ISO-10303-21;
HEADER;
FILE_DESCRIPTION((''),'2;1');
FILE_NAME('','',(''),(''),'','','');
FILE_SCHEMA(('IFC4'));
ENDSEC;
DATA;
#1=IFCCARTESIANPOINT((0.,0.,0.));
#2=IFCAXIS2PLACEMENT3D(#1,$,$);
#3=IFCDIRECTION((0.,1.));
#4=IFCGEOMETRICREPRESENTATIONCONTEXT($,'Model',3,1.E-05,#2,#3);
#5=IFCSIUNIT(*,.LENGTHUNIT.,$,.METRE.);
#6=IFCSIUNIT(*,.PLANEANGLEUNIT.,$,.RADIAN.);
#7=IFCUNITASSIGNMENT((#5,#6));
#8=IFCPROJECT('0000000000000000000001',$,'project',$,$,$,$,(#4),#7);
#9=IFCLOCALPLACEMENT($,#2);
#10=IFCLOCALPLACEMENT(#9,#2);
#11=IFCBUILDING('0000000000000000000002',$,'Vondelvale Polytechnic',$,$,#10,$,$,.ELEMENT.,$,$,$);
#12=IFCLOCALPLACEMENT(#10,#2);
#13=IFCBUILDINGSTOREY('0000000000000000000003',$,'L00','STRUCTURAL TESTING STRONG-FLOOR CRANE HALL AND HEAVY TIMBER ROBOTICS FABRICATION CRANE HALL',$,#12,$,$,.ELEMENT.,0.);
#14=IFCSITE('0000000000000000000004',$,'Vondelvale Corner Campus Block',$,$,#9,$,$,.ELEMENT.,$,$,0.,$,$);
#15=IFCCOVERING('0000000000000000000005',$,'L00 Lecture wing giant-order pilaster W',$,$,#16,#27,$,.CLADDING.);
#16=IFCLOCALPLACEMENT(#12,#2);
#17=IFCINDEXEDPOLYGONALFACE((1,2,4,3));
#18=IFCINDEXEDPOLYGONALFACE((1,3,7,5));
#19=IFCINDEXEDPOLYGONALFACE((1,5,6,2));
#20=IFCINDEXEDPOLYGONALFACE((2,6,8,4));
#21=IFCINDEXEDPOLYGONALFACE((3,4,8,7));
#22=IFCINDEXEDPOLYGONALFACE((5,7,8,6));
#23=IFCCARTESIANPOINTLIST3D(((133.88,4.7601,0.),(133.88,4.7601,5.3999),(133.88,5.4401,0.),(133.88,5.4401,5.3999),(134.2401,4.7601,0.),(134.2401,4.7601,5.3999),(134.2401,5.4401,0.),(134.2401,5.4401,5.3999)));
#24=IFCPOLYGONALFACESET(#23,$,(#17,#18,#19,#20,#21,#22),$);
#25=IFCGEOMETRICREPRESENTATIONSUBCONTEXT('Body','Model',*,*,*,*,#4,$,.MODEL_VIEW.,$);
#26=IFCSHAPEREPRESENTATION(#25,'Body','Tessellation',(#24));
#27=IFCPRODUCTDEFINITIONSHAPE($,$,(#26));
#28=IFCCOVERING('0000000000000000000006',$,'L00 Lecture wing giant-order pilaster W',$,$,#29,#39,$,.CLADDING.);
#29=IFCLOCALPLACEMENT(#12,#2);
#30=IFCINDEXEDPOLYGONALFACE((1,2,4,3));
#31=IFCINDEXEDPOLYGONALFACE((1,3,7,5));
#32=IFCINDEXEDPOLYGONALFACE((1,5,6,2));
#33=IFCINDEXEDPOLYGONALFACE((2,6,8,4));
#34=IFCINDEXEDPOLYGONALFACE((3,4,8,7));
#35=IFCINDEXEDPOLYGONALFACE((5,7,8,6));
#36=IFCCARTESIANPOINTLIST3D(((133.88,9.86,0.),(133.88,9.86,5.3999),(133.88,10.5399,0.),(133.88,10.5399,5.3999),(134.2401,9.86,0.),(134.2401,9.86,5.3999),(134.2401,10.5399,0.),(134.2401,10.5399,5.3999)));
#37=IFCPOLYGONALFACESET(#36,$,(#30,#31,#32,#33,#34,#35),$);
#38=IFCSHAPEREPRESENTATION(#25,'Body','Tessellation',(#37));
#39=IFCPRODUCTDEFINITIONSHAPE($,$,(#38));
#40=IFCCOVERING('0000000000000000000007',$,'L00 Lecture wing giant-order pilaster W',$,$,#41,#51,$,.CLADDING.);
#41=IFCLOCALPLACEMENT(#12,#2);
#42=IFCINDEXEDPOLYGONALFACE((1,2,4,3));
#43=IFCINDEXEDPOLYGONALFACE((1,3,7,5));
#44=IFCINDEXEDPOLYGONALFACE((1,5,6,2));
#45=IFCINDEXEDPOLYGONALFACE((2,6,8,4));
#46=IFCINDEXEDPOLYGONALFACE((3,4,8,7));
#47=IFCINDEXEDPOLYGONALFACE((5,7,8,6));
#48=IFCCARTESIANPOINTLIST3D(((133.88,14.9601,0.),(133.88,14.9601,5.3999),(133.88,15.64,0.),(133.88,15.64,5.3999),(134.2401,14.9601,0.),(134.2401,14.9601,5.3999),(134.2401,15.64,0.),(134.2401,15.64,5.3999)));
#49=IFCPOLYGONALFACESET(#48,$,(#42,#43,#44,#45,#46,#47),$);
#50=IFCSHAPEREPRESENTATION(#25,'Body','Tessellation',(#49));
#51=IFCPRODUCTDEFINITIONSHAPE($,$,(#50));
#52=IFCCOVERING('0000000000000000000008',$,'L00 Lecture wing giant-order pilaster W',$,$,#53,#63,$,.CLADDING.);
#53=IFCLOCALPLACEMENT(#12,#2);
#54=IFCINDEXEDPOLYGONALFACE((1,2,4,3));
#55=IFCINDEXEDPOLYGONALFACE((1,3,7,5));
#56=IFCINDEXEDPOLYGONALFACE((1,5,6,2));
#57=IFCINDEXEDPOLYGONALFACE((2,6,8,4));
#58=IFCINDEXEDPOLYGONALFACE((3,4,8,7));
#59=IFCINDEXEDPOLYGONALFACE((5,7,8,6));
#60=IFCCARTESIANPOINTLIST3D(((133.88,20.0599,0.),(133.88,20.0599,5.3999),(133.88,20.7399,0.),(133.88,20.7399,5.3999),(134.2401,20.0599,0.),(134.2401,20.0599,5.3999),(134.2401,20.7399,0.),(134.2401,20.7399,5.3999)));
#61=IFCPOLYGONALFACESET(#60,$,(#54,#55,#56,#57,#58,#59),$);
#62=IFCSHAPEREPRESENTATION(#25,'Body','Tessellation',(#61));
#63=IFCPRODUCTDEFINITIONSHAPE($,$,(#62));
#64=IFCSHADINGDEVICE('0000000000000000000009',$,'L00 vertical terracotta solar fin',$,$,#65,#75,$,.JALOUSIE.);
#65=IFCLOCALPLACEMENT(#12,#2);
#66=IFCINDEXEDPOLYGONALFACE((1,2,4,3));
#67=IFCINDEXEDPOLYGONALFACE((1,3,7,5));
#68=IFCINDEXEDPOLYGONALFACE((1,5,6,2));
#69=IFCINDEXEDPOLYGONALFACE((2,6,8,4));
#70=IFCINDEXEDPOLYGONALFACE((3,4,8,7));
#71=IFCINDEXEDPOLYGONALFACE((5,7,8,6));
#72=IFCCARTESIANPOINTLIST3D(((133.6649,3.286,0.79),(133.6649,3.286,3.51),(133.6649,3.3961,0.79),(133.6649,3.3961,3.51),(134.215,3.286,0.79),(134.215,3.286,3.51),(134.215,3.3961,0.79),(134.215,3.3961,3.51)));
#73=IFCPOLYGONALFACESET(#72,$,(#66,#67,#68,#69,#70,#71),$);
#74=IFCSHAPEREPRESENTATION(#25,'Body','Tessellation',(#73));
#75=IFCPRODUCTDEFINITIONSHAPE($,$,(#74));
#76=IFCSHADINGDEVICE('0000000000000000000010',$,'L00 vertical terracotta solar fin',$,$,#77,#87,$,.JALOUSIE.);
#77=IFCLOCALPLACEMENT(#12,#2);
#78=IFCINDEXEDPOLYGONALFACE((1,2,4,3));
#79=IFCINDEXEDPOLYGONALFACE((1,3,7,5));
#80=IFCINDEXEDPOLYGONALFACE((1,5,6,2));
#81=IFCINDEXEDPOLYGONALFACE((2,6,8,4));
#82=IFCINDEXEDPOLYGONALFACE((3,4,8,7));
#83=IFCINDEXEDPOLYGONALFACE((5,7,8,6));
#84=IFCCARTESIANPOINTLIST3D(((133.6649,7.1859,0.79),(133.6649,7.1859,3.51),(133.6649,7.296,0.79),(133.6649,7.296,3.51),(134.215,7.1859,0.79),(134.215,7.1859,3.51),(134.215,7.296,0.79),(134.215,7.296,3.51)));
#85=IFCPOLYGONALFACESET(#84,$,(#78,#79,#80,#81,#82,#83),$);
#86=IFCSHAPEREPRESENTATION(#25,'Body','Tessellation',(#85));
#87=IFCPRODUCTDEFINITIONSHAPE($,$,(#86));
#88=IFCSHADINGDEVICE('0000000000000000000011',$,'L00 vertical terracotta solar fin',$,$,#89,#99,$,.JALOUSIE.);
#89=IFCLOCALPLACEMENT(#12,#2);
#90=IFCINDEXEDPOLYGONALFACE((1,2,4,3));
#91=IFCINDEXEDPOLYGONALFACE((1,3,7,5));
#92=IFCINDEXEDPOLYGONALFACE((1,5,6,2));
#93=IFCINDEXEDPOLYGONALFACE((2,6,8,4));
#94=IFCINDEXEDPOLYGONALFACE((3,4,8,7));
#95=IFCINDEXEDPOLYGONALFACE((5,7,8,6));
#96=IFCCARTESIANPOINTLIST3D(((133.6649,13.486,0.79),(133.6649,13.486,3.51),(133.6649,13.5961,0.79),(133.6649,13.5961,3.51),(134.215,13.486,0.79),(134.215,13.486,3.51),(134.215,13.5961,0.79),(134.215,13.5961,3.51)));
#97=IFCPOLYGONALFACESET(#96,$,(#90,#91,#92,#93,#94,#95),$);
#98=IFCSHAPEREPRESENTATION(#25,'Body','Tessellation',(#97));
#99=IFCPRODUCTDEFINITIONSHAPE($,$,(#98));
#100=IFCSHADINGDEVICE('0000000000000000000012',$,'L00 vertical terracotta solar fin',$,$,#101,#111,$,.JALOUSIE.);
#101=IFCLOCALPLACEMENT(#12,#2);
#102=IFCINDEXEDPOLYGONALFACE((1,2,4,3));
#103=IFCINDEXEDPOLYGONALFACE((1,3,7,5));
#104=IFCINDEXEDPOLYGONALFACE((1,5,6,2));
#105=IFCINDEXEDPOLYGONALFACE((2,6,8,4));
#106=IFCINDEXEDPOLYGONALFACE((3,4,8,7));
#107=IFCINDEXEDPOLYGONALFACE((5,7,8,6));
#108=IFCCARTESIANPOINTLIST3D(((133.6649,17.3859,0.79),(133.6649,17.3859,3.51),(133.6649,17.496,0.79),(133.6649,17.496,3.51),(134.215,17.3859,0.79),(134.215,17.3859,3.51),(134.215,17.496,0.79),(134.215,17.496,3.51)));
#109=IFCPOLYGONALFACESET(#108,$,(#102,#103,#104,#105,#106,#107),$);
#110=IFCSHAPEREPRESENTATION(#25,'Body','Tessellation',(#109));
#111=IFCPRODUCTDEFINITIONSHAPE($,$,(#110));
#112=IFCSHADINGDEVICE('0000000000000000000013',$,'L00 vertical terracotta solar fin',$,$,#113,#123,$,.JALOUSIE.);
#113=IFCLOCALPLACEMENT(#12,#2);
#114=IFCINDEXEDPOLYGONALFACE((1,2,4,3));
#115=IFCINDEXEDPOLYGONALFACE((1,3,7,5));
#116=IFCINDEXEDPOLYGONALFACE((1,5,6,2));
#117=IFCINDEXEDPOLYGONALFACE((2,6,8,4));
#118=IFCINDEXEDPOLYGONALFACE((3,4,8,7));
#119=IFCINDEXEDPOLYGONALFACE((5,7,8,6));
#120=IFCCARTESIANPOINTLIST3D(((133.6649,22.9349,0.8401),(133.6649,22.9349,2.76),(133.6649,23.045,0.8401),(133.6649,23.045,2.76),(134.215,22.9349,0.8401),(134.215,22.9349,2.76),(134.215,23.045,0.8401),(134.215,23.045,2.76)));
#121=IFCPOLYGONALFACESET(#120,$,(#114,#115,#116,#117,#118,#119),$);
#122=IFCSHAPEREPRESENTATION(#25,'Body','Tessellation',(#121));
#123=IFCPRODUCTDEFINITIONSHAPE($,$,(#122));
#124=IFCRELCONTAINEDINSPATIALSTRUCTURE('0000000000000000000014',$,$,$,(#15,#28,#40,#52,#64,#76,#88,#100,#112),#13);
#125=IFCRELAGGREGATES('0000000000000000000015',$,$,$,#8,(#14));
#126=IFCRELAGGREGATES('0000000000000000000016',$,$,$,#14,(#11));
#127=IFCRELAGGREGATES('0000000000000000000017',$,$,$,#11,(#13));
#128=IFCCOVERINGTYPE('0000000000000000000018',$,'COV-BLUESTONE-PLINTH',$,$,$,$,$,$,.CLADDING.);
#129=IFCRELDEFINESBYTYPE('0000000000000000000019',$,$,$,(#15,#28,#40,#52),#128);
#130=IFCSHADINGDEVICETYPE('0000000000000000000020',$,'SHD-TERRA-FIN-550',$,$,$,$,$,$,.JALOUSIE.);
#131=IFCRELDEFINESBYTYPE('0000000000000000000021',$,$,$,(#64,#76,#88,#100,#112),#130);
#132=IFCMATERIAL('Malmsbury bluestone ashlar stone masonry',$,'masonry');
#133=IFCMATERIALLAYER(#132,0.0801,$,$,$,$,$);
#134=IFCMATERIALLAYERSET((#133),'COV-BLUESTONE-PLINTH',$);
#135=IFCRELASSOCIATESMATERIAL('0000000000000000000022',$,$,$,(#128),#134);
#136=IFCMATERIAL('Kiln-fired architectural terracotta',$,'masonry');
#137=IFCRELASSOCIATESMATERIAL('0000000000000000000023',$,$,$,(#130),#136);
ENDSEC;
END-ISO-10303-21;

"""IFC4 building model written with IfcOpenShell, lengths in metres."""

from ifc_helpers import new_model, si_unit, direction, frame, origin, origin_2d, place, context, subcontext, project, spatial, rectangle, extrude, material, layer, layer_set, type_object, element, save


model = new_model("IFC4")

# Units and contexts
model_context = context("Model", 3, precision=1e-05, world=origin(), true_north=direction((0.0, 1.0)))
body_context = subcontext(model_context, "Body", "Model", "MODEL_VIEW")
ifc_project = project(units=[si_unit("LENGTHUNIT", "METRE"), si_unit("PLANEANGLEUNIT", "RADIAN")], contexts=[model_context])

# Site, building, storey
site_placement = place(None, origin())
site = spatial("IfcSite", under=ifc_project, at=site_placement, Name="Vondelvale Corner Campus Block", CompositionType="ELEMENT", RefElevation=0.0)
building_placement = place(site_placement, origin())
building = spatial("IfcBuilding", under=site, at=building_placement, Name="Vondelvale Polytechnic", CompositionType="ELEMENT")
storey_placement = place(building_placement, origin())
storey = spatial("IfcBuildingStorey", under=building, at=storey_placement, Name="L00", Description="STRUCTURAL TESTING STRONG-FLOOR CRANE HALL AND HEAVY TIMBER ROBOTICS FABRICATION CRANE HALL", CompositionType="ELEMENT", Elevation=0.0)

# Shared definitions
ifc_material_1 = material(Name="Malmsbury bluestone ashlar stone masonry", Category="masonry")

# Coverings
ifc_layer_1 = layer(ifc_material_1, 0.0801)
ifc_layer_set_1 = layer_set([ifc_layer_1], Name="COV-BLUESTONE-PLINTH")
covering_type = type_object("IfcCoveringType", Name="COV-BLUESTONE-PLINTH", PredefinedType="CLADDING", material=ifc_layer_set_1)
for number, where, z_axis, x_axis, name in (
    (1, (134.0601, 5.1001, 0.0), (0.0, 0.0, 1.0), (1.0, 0.0, 0.0), "L00 Lecture wing giant-order pilaster W"),
    (2, (134.0601, 10.2, 0.0), (0.0, 0.0, 1.0), (1.0, 0.0, 0.0), "L00 Lecture wing giant-order pilaster W"),
    (3, (134.0601, 15.3, 0.0), (0.0, 0.0, 1.0), (1.0, 0.0, 0.0), "L00 Lecture wing giant-order pilaster W"),
    (4, (134.0601, 20.3999, 0.0), (0.0, 0.0, 1.0), (1.0, 0.0, 0.0), "L00 Lecture wing giant-order pilaster W"),
):
    element("IfcCovering", number, at=place(storey_placement, frame(where, z_axis=z_axis, x_axis=x_axis)), inside=storey, type_object=covering_type, Name=name, PredefinedType="CLADDING", context=body_context, shape_type="SweptSolid", body=[
        extrude(rectangle(XDim=0.3601, YDim=0.6799, at=origin_2d()), origin(), (0.0, 0.0, 1.0), 5.3999),
    ])

# Shading devices
ifc_material_2 = material(Name="Kiln-fired architectural terracotta", Category="masonry")
shading_device_type = type_object("IfcShadingDeviceType", Name="SHD-TERRA-FIN-550", PredefinedType="JALOUSIE", material=ifc_material_2)
for number, where, z_axis, x_axis, name in (
    (5, (133.9399, 3.3411, 0.79), (0.0, 0.0, 1.0), (0.0, 1.0, 0.0), "L00 vertical terracotta solar fin"),
    (6, (133.9399, 7.241, 0.79), (0.0, 0.0, 1.0), (0.0, 1.0, 0.0), "L00 vertical terracotta solar fin"),
    (7, (133.9399, 13.541, 0.79), (0.0, 0.0, 1.0), (0.0, 1.0, 0.0), "L00 vertical terracotta solar fin"),
    (8, (133.9399, 17.4409, 0.79), (0.0, 0.0, 1.0), (0.0, 1.0, 0.0), "L00 vertical terracotta solar fin"),
):
    element("IfcShadingDevice", number, at=place(storey_placement, frame(where, z_axis=z_axis, x_axis=x_axis)), inside=storey, type_object=shading_device_type, Name=name, PredefinedType="JALOUSIE", context=body_context, shape_type="SweptSolid", body=[
        extrude(rectangle(XDim=0.1101, YDim=0.55, at=origin_2d()), origin(), (0.0, 0.0, 1.0), 2.72),
    ])
shading_device_placement = place(storey_placement, frame((133.9399, 22.99, 0.8401), z_axis=(0.0, 0.0, 1.0), x_axis=(0.0, 1.0, 0.0)))
element("IfcShadingDevice", 9, at=shading_device_placement, inside=storey, type_object=shading_device_type, Name="L00 vertical terracotta solar fin", PredefinedType="JALOUSIE", context=body_context, shape_type="SweptSolid", body=[
    extrude(rectangle(XDim=0.1101, YDim=0.55, at=origin_2d()), origin(), (0.0, 0.0, 1.0), 1.9199),
])

save(model, "model.ifc")
